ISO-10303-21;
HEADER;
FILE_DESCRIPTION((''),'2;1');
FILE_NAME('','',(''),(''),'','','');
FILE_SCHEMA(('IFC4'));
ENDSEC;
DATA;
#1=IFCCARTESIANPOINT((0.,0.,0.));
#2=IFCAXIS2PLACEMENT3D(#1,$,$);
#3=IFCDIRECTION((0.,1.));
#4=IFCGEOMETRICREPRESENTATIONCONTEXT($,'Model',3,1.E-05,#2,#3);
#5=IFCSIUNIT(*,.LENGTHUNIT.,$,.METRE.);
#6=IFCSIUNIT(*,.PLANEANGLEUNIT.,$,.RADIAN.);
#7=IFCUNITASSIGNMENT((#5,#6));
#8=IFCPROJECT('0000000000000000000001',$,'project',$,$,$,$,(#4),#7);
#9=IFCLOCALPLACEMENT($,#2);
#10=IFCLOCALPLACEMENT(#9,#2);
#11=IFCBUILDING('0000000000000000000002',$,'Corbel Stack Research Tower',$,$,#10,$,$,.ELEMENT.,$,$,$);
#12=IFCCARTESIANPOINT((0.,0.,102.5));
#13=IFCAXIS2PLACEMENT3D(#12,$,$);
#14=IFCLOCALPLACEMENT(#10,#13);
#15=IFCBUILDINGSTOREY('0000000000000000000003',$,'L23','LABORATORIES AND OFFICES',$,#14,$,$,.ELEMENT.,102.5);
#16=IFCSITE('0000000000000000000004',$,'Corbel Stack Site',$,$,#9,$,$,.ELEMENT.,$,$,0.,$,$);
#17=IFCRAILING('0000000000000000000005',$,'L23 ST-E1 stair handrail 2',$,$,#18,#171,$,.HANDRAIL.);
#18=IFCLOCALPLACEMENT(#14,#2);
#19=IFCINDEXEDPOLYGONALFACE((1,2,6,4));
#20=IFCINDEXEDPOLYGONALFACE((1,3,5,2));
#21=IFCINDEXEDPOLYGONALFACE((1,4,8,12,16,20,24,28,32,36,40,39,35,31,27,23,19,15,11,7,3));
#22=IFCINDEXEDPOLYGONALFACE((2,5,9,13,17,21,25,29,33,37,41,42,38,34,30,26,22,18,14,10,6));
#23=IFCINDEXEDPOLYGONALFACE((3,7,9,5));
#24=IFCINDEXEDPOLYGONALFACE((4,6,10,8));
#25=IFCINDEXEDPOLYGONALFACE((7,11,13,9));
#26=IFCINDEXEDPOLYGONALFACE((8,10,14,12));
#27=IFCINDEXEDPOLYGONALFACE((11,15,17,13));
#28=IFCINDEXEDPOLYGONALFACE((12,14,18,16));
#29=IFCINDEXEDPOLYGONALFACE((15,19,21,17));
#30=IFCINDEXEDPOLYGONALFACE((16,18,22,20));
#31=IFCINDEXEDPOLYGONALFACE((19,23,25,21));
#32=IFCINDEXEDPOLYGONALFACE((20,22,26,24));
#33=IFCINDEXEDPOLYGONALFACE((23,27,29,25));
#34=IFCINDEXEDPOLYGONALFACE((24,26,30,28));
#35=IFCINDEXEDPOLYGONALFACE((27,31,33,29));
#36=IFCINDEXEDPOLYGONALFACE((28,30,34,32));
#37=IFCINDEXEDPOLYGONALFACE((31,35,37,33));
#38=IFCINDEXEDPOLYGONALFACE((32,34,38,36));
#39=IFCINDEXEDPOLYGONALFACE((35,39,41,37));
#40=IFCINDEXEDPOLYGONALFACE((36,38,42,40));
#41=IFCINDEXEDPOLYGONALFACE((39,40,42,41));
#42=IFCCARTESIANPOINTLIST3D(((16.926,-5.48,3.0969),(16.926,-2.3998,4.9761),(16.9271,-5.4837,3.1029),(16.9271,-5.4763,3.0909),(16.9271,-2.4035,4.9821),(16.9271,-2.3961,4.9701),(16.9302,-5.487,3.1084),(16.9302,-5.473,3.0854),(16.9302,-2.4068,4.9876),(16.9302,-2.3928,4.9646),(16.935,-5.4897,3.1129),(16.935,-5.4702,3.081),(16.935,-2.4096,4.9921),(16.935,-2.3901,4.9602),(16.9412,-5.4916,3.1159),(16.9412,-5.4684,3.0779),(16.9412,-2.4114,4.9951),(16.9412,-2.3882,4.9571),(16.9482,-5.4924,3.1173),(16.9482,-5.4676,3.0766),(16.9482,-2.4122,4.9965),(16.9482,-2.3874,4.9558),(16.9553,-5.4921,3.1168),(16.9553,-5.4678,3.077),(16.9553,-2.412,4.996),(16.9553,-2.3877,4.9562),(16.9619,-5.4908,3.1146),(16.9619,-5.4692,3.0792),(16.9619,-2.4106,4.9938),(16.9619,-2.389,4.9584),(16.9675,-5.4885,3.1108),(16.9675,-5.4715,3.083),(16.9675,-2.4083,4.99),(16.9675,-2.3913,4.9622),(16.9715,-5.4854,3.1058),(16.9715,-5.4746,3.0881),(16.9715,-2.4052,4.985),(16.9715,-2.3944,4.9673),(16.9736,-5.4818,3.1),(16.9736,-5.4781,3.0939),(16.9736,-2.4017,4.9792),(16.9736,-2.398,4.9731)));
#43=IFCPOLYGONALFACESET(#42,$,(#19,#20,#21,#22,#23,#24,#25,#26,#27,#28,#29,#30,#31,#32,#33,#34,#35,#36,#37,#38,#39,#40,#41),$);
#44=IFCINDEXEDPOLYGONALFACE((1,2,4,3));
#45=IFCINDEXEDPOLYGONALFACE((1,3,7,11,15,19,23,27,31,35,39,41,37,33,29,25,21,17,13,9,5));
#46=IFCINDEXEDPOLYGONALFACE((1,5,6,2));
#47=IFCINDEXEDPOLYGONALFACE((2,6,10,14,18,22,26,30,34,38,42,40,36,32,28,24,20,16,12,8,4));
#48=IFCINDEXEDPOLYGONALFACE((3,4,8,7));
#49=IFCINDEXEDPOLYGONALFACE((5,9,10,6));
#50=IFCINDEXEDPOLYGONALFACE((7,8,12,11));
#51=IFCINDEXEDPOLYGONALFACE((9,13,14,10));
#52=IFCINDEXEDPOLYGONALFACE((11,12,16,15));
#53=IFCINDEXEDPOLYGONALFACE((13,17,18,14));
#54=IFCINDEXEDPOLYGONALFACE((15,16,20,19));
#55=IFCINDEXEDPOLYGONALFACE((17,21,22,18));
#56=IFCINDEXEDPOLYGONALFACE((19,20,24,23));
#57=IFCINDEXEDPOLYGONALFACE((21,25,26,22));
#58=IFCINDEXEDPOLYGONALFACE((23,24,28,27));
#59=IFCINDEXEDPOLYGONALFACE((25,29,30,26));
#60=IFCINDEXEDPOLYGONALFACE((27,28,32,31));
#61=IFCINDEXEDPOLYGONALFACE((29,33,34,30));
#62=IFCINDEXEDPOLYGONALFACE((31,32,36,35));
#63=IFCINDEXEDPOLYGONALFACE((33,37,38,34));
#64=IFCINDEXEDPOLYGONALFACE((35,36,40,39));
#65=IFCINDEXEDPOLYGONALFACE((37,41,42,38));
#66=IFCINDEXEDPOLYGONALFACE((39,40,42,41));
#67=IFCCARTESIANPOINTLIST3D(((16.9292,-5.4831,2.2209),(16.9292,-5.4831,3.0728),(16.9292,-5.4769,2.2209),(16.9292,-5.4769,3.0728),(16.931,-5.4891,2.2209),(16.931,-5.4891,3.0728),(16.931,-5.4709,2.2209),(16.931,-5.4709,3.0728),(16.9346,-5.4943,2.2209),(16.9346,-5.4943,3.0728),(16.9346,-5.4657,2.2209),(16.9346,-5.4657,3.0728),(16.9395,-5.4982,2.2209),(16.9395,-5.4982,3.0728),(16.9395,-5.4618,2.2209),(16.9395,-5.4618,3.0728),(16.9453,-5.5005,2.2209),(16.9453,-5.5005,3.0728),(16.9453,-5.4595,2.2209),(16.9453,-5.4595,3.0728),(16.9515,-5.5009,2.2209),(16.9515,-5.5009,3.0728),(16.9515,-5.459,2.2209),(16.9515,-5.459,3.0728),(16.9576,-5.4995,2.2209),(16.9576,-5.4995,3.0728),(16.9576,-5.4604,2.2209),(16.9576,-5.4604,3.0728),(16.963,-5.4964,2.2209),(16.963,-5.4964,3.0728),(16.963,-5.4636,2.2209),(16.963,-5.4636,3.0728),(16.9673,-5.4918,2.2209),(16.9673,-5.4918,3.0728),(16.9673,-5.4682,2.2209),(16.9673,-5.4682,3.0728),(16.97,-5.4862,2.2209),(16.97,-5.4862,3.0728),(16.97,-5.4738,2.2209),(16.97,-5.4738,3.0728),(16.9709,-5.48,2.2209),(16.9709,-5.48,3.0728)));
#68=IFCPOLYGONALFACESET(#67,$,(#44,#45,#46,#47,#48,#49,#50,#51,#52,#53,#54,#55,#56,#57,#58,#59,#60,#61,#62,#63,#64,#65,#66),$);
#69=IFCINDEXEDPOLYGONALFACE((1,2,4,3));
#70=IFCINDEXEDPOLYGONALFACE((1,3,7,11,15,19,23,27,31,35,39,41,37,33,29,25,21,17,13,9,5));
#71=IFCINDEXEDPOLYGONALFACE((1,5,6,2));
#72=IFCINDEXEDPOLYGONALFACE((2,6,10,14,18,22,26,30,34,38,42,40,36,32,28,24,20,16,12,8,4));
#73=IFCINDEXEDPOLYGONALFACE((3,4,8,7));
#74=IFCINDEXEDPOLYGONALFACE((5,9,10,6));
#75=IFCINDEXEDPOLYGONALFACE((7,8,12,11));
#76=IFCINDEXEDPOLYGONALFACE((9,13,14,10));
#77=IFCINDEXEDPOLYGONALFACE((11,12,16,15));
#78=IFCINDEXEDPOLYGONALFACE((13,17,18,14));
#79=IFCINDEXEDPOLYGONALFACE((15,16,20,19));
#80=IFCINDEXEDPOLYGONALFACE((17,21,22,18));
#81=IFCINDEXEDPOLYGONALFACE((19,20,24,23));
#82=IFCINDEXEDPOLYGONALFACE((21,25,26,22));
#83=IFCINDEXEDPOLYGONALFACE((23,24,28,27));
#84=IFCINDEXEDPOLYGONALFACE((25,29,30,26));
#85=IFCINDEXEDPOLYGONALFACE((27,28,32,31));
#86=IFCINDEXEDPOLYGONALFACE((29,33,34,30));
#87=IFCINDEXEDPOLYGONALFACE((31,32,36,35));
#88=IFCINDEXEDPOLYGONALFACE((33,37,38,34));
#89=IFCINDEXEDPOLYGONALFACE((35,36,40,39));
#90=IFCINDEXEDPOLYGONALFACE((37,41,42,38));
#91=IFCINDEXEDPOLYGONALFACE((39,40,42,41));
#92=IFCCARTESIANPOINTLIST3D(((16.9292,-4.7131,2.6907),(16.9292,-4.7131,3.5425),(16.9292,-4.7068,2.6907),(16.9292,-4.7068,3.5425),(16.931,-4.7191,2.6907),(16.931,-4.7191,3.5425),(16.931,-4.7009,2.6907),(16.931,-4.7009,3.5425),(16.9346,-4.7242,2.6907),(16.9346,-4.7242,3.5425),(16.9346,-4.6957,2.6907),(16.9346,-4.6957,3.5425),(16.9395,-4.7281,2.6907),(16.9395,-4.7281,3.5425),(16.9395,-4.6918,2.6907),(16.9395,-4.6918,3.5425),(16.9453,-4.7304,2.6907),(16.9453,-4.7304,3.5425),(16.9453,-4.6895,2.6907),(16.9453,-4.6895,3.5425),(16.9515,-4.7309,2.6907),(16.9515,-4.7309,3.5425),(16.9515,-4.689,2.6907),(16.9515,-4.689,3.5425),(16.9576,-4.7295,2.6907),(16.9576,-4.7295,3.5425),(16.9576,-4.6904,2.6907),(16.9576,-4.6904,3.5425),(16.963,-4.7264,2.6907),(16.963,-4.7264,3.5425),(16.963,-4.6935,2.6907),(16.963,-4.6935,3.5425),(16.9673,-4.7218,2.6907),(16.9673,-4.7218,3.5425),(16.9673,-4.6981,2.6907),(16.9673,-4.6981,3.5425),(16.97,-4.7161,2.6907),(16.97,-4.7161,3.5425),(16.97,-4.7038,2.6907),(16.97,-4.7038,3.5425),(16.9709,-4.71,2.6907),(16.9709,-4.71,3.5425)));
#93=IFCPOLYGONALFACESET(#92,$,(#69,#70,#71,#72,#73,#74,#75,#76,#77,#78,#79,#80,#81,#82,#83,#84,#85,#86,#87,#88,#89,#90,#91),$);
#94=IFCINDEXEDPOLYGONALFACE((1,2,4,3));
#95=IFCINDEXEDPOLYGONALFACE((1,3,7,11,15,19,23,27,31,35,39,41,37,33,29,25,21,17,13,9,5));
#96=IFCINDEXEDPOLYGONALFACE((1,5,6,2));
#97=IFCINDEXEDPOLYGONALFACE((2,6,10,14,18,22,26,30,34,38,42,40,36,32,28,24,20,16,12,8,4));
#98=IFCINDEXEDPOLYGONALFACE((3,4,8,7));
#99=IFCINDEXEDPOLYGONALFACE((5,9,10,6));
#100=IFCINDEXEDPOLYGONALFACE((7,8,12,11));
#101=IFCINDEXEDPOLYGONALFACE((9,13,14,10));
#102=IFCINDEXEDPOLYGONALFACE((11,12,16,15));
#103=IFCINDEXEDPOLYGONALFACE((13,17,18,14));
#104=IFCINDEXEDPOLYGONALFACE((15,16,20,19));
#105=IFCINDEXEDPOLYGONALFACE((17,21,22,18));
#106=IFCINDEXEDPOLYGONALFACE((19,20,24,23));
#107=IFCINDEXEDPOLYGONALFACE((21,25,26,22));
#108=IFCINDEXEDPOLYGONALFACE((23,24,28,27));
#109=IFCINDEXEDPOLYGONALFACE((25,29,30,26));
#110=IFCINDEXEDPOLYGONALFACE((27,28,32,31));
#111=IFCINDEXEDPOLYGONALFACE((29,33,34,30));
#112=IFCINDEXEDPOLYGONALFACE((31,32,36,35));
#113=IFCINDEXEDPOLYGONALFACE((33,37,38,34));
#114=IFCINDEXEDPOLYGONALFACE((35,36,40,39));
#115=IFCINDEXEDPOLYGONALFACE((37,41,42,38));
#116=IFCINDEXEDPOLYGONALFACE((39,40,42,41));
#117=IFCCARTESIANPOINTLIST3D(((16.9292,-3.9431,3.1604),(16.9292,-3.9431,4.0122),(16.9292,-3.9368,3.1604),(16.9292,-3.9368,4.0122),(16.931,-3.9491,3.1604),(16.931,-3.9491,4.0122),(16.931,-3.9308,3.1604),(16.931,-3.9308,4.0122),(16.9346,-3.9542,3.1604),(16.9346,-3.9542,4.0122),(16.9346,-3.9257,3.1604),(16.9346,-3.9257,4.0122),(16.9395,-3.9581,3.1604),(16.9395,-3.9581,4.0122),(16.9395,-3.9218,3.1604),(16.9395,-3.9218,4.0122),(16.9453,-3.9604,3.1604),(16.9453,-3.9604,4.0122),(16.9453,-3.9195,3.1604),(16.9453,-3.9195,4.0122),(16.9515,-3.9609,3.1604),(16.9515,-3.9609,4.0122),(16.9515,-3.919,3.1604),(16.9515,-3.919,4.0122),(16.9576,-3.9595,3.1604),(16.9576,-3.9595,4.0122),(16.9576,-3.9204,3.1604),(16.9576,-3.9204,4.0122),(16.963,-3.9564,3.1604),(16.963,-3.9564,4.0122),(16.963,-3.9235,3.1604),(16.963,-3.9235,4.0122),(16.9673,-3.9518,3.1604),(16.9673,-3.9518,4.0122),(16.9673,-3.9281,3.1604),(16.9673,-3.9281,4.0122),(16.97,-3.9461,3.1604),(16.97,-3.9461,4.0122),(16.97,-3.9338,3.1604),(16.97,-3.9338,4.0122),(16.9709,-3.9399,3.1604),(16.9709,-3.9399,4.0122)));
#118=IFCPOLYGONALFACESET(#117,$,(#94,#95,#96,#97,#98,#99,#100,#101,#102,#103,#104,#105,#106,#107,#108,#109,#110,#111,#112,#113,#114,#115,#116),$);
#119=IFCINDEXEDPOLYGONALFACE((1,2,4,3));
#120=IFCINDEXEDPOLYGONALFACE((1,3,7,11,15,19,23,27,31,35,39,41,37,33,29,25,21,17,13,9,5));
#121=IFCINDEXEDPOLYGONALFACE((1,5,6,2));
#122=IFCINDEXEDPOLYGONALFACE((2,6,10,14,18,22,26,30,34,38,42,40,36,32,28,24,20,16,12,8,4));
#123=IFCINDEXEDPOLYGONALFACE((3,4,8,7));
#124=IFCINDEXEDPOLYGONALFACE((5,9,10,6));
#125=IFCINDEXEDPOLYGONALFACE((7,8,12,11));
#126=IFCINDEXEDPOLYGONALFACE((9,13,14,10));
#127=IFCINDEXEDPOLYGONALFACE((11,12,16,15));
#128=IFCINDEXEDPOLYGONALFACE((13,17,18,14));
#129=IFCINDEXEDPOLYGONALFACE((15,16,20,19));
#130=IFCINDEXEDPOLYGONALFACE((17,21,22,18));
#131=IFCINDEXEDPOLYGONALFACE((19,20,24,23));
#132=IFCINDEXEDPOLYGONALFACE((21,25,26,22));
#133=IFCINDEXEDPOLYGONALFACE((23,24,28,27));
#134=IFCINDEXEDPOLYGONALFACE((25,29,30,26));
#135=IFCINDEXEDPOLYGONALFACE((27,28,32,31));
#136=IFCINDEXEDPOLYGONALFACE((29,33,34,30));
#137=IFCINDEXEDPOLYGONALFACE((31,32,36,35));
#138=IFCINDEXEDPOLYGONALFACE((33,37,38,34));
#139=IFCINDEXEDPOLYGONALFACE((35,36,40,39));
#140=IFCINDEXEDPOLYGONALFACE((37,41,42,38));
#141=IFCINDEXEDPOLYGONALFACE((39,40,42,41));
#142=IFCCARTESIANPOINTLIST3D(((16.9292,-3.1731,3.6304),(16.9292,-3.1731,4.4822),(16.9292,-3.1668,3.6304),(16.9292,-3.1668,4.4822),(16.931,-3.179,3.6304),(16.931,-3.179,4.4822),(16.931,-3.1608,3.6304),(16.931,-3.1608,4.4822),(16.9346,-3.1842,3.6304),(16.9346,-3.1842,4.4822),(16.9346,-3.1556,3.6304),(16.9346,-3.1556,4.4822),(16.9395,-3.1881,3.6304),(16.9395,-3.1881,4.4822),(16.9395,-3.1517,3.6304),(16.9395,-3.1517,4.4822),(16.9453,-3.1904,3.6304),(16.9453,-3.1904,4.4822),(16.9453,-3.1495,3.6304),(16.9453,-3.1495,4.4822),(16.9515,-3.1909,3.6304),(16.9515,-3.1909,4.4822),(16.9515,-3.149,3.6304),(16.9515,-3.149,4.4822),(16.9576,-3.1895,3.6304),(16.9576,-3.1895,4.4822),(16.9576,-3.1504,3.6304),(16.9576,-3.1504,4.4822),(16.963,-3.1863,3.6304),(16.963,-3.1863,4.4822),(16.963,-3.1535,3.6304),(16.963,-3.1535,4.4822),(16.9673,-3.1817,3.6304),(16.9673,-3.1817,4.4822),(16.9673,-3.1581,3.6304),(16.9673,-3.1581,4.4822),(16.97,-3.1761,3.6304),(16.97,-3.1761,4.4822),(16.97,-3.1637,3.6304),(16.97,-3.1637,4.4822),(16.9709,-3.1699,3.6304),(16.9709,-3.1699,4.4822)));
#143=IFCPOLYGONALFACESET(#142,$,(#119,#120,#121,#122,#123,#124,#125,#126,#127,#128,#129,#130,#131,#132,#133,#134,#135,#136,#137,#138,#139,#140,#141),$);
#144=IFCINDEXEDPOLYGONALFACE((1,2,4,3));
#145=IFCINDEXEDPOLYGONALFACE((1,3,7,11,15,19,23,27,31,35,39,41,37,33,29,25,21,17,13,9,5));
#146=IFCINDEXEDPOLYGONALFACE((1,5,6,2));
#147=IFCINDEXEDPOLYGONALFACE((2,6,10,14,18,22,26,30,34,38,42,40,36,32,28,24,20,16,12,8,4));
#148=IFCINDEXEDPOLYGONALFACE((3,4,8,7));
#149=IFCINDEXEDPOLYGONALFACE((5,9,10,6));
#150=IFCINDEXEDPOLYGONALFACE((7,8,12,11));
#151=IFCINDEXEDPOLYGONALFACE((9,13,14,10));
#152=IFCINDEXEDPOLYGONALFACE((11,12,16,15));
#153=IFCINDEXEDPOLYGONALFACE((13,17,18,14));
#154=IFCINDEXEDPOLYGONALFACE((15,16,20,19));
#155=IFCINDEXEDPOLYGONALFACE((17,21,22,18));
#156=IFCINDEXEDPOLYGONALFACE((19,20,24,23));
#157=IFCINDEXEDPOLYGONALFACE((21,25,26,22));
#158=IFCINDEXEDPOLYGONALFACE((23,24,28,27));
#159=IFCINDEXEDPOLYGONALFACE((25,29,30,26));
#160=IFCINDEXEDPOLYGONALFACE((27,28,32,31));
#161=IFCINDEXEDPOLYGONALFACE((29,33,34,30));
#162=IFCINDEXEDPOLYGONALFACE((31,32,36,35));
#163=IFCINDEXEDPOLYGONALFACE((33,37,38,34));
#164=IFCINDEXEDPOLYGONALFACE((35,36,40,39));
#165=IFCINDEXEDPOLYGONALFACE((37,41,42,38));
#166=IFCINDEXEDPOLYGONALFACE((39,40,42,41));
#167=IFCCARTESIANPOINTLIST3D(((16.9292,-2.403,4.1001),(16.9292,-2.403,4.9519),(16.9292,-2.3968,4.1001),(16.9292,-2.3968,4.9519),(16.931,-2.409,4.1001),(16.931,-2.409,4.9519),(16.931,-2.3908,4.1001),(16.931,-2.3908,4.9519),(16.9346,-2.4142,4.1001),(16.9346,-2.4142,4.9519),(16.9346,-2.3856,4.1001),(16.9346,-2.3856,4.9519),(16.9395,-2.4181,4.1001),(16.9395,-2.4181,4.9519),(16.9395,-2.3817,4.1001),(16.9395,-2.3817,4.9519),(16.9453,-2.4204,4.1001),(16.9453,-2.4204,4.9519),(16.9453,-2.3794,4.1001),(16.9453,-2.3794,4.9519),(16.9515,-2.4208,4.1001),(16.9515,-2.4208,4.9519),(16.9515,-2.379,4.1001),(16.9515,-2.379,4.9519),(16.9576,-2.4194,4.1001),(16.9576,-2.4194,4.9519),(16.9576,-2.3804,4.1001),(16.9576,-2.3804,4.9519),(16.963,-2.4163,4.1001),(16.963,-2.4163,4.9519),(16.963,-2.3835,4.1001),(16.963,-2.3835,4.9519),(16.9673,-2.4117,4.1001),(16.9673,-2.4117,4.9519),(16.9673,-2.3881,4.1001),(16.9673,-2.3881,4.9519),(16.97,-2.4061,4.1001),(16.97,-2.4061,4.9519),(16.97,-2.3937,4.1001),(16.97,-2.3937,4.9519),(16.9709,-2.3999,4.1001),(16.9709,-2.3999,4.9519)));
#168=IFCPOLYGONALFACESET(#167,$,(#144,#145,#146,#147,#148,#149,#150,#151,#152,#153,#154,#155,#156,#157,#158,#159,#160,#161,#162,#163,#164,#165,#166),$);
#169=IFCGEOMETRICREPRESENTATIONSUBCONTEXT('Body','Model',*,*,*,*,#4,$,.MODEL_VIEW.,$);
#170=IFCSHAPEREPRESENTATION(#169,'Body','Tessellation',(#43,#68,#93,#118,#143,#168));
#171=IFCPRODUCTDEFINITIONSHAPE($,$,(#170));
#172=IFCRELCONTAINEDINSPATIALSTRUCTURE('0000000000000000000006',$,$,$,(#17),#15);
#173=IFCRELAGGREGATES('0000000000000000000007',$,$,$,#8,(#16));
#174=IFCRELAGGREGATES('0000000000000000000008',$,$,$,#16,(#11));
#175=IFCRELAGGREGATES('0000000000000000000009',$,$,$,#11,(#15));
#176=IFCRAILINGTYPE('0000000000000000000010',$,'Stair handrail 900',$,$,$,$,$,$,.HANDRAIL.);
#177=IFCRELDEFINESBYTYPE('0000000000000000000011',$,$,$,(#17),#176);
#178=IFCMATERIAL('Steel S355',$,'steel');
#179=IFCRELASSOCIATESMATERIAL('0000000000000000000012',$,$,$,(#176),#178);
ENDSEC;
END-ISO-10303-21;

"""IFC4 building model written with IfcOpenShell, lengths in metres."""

from ifc_helpers import new_model, si_unit, direction, frame, origin, origin_2d, place, context, subcontext, project, spatial, circle, extrude, material, type_object, element, save


model = new_model("IFC4")

# Units and contexts
model_context = context("Model", 3, precision=1e-05, world=origin(), true_north=direction((0.0, 1.0)))
body_context = subcontext(model_context, "Body", "Model", "MODEL_VIEW")
ifc_project = project(units=[si_unit("LENGTHUNIT", "METRE"), si_unit("PLANEANGLEUNIT", "RADIAN")], contexts=[model_context])

# Site, building, storey
site_placement = place(None, origin())
site = spatial("IfcSite", under=ifc_project, at=site_placement, Name="Corbel Stack Site", CompositionType="ELEMENT", RefElevation=0.0)
building_placement = place(site_placement, origin())
building = spatial("IfcBuilding", under=site, at=building_placement, Name="Corbel Stack Research Tower", CompositionType="ELEMENT")
storey_placement = place(building_placement, frame((0.0, 0.0, 102.5)))
storey = spatial("IfcBuildingStorey", under=building, at=storey_placement, Name="L23", Description="LABORATORIES AND OFFICES", CompositionType="ELEMENT", Elevation=102.5)

# Railing
ifc_material_1 = material(Name="Steel S355", Category="steel")
railing_type_1 = type_object("IfcRailingType", Name="Stair handrail 900", PredefinedType="HANDRAIL", material=ifc_material_1)
railing_1_placement = place(storey_placement, frame((16.95, -5.48, 2.2209)))
element("IfcRailing", 1, at=railing_1_placement, inside=storey, type_object=railing_type_1, Name="L23 ST-E1 stair handrail 2", PredefinedType="HANDRAIL", context=body_context, shape_type="SweptSolid", body=[
    extrude(circle(Radius=0.0239, at=origin_2d()), frame((0.0, 0.0, 0.876), z_axis=(0.0, 0.853666, 0.52082), x_axis=(-1.0, 0.0, 0.0)), (0.0, 0.0, 1.0), 3.6082),
    extrude(circle(Radius=0.021, at=origin_2d()), origin(), (0.0, 0.0, 1.0), 0.8518),
    extrude(circle(Radius=0.021, at=origin_2d()), frame((0.0, 0.77, 0.4697)), (0.0, 0.0, 1.0), 0.8518),
    extrude(circle(Radius=0.021, at=origin_2d()), frame((0.0, 1.54, 0.9395)), (0.0, 0.0, 1.0), 0.8518),
    extrude(circle(Radius=0.021, at=origin_2d()), frame((0.0, 2.3101, 1.4094)), (0.0, 0.0, 1.0), 0.8518),
    extrude(circle(Radius=0.021, at=origin_2d()), frame((0.0, 3.0801, 1.8792)), (0.0, 0.0, 1.0), 0.8518),
])

save(model, "model.ifc")
